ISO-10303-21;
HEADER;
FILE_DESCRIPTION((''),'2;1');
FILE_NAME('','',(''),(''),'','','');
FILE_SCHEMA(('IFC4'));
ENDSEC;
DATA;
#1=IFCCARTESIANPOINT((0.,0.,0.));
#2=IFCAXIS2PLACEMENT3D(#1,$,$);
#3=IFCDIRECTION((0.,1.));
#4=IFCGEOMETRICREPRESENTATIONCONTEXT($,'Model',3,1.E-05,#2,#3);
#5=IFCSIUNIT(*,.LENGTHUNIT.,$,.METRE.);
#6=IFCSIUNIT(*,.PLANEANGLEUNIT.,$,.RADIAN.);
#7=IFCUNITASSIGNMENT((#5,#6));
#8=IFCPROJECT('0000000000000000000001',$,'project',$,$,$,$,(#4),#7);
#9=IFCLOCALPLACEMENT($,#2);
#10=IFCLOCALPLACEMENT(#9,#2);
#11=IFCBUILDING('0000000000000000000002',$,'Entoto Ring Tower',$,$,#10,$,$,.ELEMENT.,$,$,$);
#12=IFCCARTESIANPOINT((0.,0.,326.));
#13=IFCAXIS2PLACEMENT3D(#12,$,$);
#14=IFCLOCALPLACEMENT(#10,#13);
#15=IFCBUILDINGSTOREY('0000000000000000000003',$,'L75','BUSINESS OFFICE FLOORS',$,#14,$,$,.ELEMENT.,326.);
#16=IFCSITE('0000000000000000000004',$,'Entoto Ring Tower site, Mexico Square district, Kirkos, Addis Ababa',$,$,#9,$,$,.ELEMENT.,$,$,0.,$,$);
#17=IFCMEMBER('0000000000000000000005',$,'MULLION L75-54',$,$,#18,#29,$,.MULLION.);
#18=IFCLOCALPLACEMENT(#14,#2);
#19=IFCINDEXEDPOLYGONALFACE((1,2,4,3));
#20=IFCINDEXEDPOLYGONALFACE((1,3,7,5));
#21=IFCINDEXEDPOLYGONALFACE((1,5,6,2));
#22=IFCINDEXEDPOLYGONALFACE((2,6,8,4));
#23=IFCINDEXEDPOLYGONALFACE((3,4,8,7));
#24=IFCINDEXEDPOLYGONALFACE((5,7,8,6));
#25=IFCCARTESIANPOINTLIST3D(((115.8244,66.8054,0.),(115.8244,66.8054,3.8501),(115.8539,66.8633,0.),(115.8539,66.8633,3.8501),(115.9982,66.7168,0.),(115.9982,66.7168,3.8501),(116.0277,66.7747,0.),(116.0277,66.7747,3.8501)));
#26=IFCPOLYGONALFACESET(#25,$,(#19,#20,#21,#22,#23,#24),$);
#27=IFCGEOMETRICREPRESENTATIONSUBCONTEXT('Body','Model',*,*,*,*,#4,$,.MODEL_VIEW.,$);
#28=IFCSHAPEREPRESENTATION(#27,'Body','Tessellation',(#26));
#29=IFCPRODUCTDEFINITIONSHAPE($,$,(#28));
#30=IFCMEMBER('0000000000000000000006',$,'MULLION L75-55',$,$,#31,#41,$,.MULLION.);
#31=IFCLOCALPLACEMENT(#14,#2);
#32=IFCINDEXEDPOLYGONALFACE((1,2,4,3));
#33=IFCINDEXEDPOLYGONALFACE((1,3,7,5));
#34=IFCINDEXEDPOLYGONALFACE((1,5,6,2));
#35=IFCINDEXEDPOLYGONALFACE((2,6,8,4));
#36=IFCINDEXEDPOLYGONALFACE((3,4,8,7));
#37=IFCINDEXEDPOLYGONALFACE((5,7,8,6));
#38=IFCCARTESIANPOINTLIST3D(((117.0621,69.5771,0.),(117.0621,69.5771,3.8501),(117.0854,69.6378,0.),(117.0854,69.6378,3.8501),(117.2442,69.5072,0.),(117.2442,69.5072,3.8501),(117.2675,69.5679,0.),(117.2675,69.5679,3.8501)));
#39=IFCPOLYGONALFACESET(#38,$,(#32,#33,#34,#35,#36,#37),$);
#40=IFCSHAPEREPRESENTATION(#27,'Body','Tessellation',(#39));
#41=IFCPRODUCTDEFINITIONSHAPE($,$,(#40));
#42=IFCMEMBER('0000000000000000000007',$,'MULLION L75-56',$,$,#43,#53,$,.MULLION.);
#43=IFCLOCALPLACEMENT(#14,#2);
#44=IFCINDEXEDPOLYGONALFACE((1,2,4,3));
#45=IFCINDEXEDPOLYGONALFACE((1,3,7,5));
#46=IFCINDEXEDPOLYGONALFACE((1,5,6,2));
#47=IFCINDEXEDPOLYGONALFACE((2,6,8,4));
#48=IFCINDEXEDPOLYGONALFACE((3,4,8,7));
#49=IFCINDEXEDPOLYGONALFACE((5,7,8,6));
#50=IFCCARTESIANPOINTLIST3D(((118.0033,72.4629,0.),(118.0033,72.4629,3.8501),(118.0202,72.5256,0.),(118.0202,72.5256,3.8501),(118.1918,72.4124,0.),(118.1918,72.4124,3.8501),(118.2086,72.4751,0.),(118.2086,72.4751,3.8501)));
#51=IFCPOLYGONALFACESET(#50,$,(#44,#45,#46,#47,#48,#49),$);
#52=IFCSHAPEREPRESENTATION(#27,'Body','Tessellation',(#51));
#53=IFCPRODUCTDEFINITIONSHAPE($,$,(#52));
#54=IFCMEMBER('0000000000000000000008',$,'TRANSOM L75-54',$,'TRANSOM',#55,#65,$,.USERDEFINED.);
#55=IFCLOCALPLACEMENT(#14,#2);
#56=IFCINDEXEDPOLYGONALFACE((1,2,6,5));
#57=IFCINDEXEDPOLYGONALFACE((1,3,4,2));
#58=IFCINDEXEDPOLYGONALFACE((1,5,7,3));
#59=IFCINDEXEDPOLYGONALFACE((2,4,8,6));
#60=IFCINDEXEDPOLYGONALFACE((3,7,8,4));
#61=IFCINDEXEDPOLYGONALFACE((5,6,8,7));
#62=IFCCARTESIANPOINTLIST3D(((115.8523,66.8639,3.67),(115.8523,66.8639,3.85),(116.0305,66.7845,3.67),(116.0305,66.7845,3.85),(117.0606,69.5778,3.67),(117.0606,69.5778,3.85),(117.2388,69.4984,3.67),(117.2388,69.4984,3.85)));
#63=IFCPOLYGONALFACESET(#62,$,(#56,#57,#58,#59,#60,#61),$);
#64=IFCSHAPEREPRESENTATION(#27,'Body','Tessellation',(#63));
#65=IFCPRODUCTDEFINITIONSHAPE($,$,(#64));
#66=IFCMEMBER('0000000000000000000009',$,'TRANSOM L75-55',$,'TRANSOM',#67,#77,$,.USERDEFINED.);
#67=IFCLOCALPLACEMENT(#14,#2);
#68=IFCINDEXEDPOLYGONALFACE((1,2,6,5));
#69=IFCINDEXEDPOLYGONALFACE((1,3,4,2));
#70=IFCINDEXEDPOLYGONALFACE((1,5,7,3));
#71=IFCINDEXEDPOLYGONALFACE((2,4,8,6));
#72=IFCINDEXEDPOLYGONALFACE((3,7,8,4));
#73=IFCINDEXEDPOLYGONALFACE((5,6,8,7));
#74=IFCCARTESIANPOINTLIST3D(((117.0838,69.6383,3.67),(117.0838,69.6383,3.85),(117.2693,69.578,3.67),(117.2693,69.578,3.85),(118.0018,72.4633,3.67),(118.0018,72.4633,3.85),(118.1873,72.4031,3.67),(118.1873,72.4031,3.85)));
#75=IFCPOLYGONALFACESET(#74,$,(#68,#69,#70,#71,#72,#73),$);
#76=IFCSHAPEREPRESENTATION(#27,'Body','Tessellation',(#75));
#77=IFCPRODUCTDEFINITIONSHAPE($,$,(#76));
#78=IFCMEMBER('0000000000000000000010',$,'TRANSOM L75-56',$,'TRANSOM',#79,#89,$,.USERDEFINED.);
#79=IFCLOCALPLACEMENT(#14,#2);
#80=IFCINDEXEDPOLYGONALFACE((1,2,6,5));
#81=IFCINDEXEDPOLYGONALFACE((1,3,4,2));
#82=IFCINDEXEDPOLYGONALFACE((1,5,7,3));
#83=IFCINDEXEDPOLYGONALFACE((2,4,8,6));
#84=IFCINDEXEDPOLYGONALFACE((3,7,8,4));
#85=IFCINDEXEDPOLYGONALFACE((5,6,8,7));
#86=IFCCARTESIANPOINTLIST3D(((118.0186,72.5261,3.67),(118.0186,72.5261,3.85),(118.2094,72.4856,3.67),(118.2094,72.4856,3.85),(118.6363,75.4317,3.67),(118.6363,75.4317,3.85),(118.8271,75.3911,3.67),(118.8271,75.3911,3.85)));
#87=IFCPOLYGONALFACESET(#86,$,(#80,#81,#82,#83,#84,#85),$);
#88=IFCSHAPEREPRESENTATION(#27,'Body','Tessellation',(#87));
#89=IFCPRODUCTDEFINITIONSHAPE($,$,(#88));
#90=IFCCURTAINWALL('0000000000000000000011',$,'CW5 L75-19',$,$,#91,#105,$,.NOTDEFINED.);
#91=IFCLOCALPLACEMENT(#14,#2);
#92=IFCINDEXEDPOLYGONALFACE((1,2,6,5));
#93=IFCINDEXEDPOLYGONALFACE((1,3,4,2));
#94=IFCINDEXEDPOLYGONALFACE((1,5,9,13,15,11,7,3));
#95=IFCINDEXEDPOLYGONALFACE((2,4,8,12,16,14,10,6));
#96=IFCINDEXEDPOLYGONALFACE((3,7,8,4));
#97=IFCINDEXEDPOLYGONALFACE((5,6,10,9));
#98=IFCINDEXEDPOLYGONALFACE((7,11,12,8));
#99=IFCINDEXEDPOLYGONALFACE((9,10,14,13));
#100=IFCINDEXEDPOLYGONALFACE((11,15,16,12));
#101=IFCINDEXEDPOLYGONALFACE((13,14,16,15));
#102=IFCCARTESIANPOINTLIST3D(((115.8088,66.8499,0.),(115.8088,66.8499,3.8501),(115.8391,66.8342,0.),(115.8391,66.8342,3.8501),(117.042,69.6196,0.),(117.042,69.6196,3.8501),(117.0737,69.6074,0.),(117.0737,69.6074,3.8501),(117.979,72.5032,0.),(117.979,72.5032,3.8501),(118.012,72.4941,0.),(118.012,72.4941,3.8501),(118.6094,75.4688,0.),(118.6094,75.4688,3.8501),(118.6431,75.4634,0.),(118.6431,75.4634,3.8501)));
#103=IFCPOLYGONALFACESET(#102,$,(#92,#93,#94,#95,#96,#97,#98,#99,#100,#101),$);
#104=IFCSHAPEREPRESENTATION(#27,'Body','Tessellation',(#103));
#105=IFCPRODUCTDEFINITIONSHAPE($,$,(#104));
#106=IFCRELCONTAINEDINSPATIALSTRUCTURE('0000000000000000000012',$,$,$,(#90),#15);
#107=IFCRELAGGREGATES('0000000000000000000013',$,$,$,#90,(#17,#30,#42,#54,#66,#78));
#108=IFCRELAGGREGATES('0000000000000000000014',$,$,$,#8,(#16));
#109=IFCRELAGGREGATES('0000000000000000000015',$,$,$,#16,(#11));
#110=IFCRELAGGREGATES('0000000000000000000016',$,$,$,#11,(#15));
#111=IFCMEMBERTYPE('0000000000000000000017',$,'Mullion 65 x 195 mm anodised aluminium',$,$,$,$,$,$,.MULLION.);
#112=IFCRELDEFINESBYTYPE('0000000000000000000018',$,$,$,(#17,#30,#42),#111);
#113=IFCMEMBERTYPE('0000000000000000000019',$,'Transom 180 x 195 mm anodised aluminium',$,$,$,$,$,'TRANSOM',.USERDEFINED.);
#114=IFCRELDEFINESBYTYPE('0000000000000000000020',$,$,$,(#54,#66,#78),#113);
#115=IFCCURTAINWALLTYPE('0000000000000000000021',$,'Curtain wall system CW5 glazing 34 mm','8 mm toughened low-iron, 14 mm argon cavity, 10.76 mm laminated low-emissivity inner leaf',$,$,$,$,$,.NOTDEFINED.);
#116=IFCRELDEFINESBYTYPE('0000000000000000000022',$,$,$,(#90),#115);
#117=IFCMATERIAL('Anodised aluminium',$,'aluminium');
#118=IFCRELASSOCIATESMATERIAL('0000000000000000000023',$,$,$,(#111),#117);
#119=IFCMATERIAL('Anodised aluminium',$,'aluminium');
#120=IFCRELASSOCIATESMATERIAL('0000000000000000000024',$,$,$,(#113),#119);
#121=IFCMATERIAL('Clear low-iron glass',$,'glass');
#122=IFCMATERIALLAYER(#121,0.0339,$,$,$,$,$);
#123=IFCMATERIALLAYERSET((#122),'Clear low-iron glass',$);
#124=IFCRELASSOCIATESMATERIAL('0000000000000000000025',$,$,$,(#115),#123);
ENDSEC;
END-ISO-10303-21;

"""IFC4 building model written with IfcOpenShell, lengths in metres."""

from ifc_helpers import new_model, si_unit, direction, frame, origin, origin_2d, place, context, subcontext, project, spatial, polyline, rectangle, outline, extrude, material, layer, layer_set, material_profile, profile_set, type_object, element, aggregate, save


model = new_model("IFC4")

# Units and contexts
model_context = context("Model", 3, precision=1e-05, world=origin(), true_north=direction((0.0, 1.0)))
body_context = subcontext(model_context, "Body", "Model", "MODEL_VIEW")
ifc_project = project(units=[si_unit("LENGTHUNIT", "METRE"), si_unit("PLANEANGLEUNIT", "RADIAN")], contexts=[model_context])

# Members
ifc_material_1 = material(Name="Anodised aluminium", Category="aluminium")
ifc_material_profile_1 = material_profile(ifc_material_1, rectangle(XDim=0.0649, YDim=0.1951, at=origin_2d()), Name="Mullion 65 x 195 mm anodised aluminium")
ifc_profile_set_1 = profile_set([ifc_material_profile_1], Name="Anodised aluminium")
member_type_1 = type_object("IfcMemberType", Name="Mullion 65 x 195 mm anodised aluminium", PredefinedType="MULLION", material=ifc_profile_set_1)
site_placement = place(None, origin())
building_placement = place(site_placement, origin())
storey_placement = place(building_placement, frame((0.0, 0.0, 326.0)))
member_1_placement = place(storey_placement, frame((115.926, 66.79, 0.0), z_axis=(0.0, 0.0, 1.0), x_axis=(0.45399, 0.891007, 0.0)))
member_1 = element("IfcMember", 1, at=member_1_placement, type_object=member_type_1, Name="MULLION L75-54", PredefinedType="MULLION", context=body_context, shape_type="SweptSolid", body=[
    extrude(rectangle(XDim=0.0649, YDim=0.1951, at=origin_2d()), origin(), (0.0, 0.0, 1.0), 3.8501),
])
member_2_placement = place(storey_placement, frame((117.1648, 69.5725, 0.0), z_axis=(0.0, 0.0, 1.0), x_axis=(0.358368, 0.93358, 0.0)))
member_2 = element("IfcMember", 2, at=member_2_placement, type_object=member_type_1, Name="MULLION L75-55", PredefinedType="MULLION", context=body_context, shape_type="SweptSolid", body=[
    extrude(rectangle(XDim=0.0649, YDim=0.1951, at=origin_2d()), origin(), (0.0, 0.0, 1.0), 3.8501),
])
member_3_placement = place(storey_placement, frame((118.106, 72.469, 0.0), z_axis=(0.0, 0.0, 1.0), x_axis=(0.258819, 0.965926, 0.0)))
member_3 = element("IfcMember", 3, at=member_3_placement, type_object=member_type_1, Name="MULLION L75-56", PredefinedType="MULLION", context=body_context, shape_type="SweptSolid", body=[
    extrude(rectangle(XDim=0.0649, YDim=0.1951, at=origin_2d()), origin(), (0.0, 0.0, 1.0), 3.8501),
])
ifc_material_2 = material(Name="Anodised aluminium", Category="aluminium")
ifc_material_profile_2 = material_profile(ifc_material_2, rectangle(XDim=0.1951, YDim=0.1799, at=origin_2d()), Name="Transom 180 x 195 mm anodised aluminium")
ifc_profile_set_2 = profile_set([ifc_material_profile_2], Name="Anodised aluminium")
member_type_2 = type_object("IfcMemberType", Name="Transom 180 x 195 mm anodised aluminium", ElementType="TRANSOM", PredefinedType="USERDEFINED", material=ifc_profile_set_2)
member_4_placement = place(storey_placement, frame((115.9414, 66.8242, 3.76), z_axis=(0.406726, 0.91355, 0.0), x_axis=(-0.91355, 0.406726, 0.0)))
member_4 = element("IfcMember", 4, at=member_4_placement, type_object=member_type_2, Name="TRANSOM L75-54", ObjectType="TRANSOM", PredefinedType="USERDEFINED", context=body_context, shape_type="SweptSolid", body=[
    extrude(rectangle(XDim=0.1951, YDim=0.1799, at=origin_2d()), origin(), (0.0, 0.0, 1.0), 2.9707),
])
member_5_placement = place(storey_placement, frame((117.1765, 69.6082, 3.76), z_axis=(0.309043, 0.951048, 0.0), x_axis=(-0.951048, 0.309043, 0.0)))
member_5 = element("IfcMember", 5, at=member_5_placement, type_object=member_type_2, Name="TRANSOM L75-55", ObjectType="TRANSOM", PredefinedType="USERDEFINED", context=body_context, shape_type="SweptSolid", body=[
    extrude(rectangle(XDim=0.1951, YDim=0.1799, at=origin_2d()), origin(), (0.0, 0.0, 1.0), 2.9705),
])
member_6_placement = place(storey_placement, frame((118.114, 72.5059, 3.76), z_axis=(0.20794, 0.978142, 0.0), x_axis=(-0.978142, 0.20794, 0.0)))
member_6 = element("IfcMember", 6, at=member_6_placement, type_object=member_type_2, Name="TRANSOM L75-56", ObjectType="TRANSOM", PredefinedType="USERDEFINED", context=body_context, shape_type="SweptSolid", body=[
    extrude(rectangle(XDim=0.1951, YDim=0.1799, at=origin_2d()), origin(), (0.0, 0.0, 1.0), 2.9705),
])

# Site, building, storey
site = spatial("IfcSite", under=ifc_project, at=site_placement, Name="Entoto Ring Tower site, Mexico Square district, Kirkos, Addis Ababa", CompositionType="ELEMENT", RefElevation=0.0)
building = spatial("IfcBuilding", under=site, at=building_placement, Name="Entoto Ring Tower", CompositionType="ELEMENT")
storey = spatial("IfcBuildingStorey", under=building, at=storey_placement, Name="L75", Description="BUSINESS OFFICE FLOORS", CompositionType="ELEMENT", Elevation=326.0)

# Curtain wall
ifc_material_3 = material(Name="Clear low-iron glass", Category="glass")
ifc_layer_1 = layer(ifc_material_3, 0.0339)
ifc_layer_set_1 = layer_set([ifc_layer_1], Name="Clear low-iron glass")
curtain_wall_type = type_object("IfcCurtainWallType", Name="Curtain wall system CW5 glazing 34 mm", Description="8 mm toughened low-iron, 14 mm argon cavity, 10.76 mm laminated low-emissivity inner leaf", PredefinedType="NOTDEFINED", material=ifc_layer_set_1)
curtain_wall_1_placement = place(storey_placement, origin())
curtain_wall_1 = element("IfcCurtainWall", 7, at=curtain_wall_1_placement, inside=storey, type_object=curtain_wall_type, Name="CW5 L75-19", PredefinedType="NOTDEFINED", context=body_context, shape_type="SweptSolid", body=[
    extrude(outline(polyline([(115.8391, 66.8342), (117.0737, 69.6074), (118.012, 72.4941), (118.6431, 75.4634), (118.6094, 75.4688), (117.979, 72.5032), (117.042, 69.6196), (115.8088, 66.8499), (115.8391, 66.8342)])), origin(), (0.0, 0.0, 1.0), 3.8501),
])
aggregate(curtain_wall_1, [member_1, member_2, member_3, member_4, member_5, member_6])

save(model, "model.ifc")
